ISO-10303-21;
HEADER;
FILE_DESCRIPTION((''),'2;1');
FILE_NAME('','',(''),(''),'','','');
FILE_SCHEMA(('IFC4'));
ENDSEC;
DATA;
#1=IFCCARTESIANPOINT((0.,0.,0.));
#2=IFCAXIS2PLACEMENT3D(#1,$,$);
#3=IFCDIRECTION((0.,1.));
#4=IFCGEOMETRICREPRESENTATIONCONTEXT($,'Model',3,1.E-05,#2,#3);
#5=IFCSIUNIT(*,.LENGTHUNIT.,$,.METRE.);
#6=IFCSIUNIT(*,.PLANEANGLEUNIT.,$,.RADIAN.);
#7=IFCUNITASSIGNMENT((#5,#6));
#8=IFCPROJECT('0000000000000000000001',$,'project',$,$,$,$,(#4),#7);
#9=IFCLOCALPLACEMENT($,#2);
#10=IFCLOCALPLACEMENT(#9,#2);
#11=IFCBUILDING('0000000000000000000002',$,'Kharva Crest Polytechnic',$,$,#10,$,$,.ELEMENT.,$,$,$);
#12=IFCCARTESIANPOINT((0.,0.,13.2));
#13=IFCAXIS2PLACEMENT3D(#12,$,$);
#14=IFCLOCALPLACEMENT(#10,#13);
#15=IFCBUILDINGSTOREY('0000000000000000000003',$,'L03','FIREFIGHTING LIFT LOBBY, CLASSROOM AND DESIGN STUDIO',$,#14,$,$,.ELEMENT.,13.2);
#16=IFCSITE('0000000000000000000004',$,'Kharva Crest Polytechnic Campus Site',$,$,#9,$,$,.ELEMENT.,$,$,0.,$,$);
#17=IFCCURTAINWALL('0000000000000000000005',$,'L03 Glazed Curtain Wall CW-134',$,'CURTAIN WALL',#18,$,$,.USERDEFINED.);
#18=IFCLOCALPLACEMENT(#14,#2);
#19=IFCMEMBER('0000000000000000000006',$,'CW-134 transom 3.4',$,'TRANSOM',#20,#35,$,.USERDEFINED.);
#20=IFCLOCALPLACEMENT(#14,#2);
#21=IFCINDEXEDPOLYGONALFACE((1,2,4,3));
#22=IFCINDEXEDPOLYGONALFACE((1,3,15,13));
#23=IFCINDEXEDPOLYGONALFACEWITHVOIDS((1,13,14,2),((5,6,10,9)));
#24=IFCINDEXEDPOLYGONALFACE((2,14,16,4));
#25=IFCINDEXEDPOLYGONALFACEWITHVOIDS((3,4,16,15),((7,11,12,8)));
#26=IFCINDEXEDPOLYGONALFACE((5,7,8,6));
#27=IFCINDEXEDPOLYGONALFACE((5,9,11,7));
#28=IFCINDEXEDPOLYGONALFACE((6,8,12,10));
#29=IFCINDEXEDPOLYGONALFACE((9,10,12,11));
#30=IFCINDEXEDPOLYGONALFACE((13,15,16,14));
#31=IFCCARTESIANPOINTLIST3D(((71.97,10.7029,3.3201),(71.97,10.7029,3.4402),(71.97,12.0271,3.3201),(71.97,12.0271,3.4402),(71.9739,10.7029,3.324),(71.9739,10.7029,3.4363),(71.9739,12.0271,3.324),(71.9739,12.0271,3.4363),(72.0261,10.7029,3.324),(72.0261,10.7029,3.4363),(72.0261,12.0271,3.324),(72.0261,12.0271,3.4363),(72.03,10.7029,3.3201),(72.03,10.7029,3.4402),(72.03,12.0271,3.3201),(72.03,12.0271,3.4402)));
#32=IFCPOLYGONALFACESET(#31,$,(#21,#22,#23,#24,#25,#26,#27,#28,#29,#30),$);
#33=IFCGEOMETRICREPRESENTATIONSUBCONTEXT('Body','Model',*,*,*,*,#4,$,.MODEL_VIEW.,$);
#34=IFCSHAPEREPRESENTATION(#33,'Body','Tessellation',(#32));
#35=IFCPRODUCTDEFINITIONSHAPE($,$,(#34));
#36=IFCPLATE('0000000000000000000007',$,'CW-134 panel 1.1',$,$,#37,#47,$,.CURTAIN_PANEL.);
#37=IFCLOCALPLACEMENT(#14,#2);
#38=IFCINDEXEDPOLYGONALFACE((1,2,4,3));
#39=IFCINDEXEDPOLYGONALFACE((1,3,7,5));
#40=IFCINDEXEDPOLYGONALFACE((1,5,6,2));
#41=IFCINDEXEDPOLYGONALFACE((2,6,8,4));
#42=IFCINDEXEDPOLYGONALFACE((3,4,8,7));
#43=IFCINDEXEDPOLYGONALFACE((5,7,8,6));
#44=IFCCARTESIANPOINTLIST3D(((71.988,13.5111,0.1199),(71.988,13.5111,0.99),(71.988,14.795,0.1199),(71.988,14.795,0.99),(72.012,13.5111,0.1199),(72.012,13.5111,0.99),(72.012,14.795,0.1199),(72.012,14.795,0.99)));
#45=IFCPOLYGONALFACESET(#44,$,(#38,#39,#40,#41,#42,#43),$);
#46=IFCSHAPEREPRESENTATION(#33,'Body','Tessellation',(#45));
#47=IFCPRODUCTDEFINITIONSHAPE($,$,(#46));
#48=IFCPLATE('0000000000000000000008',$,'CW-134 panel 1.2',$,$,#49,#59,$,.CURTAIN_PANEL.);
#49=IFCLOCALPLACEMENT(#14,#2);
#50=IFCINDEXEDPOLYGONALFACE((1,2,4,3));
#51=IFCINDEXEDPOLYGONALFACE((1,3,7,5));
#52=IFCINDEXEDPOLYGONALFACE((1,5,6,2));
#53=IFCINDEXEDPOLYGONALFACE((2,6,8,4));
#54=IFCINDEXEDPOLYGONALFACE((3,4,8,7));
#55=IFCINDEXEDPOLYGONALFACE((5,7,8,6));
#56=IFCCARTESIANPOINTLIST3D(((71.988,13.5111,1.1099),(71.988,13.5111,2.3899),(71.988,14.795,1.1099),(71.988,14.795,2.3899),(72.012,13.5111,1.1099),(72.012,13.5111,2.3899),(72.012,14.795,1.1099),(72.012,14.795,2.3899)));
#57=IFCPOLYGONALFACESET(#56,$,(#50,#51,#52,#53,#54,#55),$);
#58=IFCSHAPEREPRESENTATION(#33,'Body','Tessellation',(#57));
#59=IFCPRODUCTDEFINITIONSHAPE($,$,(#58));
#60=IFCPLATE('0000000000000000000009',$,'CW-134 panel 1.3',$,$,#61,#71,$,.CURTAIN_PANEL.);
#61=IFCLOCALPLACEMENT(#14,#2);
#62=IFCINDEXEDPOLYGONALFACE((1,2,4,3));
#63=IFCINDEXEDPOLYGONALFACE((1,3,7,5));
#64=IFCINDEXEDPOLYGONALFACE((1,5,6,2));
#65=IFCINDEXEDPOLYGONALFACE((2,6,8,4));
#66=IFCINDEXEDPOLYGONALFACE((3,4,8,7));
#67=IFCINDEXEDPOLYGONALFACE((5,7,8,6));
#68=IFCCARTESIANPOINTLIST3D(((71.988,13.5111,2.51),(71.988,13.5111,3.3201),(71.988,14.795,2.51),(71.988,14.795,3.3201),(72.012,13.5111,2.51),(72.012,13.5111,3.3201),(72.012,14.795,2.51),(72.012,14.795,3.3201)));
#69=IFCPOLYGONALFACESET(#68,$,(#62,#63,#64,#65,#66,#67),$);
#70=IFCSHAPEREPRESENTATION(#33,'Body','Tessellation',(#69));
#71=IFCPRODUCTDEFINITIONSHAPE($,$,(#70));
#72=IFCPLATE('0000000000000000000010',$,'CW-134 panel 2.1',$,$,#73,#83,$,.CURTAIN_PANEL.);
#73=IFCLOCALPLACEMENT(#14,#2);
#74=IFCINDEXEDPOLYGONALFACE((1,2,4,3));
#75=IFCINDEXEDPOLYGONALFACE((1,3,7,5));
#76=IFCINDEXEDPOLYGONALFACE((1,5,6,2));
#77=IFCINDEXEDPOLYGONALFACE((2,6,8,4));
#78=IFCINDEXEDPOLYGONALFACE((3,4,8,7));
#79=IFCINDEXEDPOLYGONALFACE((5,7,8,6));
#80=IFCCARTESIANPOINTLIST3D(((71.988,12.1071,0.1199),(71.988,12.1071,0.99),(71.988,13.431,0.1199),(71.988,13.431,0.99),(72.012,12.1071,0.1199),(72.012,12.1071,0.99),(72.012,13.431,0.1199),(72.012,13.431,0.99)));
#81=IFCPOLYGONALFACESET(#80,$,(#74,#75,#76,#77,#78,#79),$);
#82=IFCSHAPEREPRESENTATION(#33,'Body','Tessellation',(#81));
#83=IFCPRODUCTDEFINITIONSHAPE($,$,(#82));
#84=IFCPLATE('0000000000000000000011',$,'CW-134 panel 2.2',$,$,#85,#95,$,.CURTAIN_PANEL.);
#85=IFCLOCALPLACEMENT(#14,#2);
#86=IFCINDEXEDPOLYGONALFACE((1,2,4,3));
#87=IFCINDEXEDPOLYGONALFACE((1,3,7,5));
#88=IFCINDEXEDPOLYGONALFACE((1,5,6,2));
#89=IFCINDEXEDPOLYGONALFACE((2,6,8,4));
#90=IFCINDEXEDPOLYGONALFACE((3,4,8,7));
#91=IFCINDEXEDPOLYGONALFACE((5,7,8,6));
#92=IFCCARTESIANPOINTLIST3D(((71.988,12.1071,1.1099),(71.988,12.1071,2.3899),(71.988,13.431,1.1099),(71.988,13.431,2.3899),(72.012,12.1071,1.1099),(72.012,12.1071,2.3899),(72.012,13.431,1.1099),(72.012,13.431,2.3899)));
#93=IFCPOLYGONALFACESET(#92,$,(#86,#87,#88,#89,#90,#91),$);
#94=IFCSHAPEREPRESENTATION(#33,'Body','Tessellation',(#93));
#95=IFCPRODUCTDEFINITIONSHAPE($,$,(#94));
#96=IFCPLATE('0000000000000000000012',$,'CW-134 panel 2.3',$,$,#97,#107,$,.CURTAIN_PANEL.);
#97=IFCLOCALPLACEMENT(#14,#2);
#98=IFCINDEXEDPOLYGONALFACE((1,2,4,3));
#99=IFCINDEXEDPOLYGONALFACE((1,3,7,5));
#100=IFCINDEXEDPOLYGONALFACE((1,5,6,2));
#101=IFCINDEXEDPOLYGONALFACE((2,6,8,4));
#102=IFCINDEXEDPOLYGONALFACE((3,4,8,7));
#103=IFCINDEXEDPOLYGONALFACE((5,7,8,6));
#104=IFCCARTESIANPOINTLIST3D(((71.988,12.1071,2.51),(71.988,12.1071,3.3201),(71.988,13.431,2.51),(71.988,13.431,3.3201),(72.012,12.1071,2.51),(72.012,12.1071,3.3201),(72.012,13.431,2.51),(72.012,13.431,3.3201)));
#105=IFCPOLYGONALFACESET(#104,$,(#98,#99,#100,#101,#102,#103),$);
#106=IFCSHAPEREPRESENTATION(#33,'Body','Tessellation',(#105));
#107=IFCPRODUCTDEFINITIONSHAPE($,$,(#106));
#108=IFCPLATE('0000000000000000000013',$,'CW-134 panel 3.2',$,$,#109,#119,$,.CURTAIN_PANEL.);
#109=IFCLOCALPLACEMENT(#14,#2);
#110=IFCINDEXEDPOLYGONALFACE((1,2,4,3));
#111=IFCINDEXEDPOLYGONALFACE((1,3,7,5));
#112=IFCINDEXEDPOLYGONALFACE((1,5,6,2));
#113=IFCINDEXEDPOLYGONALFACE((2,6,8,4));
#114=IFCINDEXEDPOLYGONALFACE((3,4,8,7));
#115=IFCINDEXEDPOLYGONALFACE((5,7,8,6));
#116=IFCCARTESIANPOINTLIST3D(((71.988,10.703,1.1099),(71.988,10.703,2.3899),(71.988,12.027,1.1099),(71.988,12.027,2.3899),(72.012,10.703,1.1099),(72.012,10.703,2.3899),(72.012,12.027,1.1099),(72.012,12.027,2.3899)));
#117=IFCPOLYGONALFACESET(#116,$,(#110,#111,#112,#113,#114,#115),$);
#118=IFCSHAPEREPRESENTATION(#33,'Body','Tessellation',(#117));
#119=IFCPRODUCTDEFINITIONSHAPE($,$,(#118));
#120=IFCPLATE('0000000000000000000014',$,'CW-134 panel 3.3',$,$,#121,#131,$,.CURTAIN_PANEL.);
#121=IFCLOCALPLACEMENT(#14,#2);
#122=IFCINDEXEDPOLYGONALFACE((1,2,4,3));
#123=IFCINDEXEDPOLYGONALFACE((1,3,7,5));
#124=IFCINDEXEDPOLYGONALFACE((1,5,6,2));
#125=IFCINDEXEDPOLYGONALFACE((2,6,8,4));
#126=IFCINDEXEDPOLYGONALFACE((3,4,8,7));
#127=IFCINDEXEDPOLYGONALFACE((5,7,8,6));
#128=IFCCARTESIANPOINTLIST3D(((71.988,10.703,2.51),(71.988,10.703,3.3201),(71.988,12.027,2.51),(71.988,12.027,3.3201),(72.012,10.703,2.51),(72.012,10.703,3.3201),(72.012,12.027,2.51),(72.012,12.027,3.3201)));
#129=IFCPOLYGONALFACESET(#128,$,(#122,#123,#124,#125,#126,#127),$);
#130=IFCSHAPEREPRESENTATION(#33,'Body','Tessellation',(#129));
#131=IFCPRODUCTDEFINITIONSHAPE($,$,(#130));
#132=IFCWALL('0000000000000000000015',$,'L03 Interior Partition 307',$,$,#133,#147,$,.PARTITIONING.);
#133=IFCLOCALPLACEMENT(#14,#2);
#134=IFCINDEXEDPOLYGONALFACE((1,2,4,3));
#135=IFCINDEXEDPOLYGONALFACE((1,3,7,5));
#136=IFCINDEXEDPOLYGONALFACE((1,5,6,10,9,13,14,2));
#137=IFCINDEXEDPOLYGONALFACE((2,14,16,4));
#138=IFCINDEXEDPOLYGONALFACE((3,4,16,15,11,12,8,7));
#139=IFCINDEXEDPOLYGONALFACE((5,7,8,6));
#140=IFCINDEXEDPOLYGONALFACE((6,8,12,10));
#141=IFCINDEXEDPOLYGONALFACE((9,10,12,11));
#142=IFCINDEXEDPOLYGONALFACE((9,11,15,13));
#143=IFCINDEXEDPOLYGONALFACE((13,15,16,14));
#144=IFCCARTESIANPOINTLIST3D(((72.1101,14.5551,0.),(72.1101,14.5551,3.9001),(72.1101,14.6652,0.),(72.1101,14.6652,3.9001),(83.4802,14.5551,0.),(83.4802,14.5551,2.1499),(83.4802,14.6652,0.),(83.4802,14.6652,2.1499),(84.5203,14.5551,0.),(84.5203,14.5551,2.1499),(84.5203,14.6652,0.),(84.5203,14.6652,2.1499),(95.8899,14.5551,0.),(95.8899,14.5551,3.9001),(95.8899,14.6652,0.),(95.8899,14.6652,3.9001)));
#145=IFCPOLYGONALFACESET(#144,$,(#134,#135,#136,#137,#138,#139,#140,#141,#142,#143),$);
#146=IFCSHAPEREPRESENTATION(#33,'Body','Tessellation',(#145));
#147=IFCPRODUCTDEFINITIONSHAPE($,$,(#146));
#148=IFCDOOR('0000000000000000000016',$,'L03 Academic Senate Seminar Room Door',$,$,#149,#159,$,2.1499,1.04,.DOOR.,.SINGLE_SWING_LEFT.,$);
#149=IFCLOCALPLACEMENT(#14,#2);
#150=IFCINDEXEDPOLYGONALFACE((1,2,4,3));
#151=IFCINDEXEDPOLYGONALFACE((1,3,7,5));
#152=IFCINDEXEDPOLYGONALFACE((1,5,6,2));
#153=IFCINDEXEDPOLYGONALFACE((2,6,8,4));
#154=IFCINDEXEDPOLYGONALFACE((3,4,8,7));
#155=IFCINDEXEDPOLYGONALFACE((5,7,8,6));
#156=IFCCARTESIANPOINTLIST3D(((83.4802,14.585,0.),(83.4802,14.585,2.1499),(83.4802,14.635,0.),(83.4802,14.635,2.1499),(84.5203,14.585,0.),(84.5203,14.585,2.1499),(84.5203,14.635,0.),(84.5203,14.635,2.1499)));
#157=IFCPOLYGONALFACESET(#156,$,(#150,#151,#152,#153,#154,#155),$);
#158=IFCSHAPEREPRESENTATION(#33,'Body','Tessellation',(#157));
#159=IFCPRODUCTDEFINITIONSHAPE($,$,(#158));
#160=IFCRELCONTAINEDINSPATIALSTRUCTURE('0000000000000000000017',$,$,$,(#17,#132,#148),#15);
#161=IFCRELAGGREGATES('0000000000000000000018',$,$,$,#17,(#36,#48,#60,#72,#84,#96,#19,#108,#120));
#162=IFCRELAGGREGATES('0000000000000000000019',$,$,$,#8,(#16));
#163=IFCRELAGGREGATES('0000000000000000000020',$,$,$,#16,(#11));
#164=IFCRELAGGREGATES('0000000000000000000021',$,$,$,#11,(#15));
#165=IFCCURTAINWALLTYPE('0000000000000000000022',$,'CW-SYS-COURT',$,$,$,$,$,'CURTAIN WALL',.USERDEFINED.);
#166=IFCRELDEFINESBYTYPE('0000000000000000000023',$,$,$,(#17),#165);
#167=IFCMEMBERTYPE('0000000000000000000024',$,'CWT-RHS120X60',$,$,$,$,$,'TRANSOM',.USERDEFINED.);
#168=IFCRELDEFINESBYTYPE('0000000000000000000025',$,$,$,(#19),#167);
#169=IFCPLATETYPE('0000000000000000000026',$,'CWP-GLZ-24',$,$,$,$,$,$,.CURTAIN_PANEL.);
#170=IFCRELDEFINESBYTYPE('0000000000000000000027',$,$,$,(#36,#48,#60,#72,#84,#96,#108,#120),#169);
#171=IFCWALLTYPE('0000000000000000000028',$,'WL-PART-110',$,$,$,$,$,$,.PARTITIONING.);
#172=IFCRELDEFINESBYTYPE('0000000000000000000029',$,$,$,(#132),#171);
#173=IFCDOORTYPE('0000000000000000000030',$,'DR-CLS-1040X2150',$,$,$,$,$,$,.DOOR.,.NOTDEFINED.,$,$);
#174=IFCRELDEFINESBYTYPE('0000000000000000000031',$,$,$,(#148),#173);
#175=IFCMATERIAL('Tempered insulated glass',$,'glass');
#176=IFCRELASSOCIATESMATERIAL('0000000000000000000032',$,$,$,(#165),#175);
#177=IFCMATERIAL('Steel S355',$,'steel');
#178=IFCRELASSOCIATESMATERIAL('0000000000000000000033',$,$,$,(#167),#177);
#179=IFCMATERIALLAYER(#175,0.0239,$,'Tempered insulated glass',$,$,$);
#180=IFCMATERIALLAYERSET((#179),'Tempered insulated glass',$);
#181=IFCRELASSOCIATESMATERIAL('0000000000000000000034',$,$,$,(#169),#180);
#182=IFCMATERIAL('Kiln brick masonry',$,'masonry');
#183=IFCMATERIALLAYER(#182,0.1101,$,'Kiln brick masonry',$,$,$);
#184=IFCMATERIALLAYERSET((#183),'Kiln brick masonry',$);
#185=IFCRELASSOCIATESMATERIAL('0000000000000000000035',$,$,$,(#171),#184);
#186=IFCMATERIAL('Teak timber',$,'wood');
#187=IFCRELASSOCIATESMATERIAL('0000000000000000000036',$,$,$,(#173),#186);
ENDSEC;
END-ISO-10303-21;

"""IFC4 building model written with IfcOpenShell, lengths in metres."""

from ifc_helpers import new_model, si_unit, direction, frame, frame_2d, origin, origin_2d, place, context, subcontext, project, spatial, rectangle, hollow_rectangle, extrude, material, layer, layer_set, material_profile, profile_set, type_object, element, fill, aggregate, save


model = new_model("IFC4")

# Units and contexts
model_context = context("Model", 3, precision=1e-05, world=origin(), true_north=direction((0.0, 1.0)))
body_context = subcontext(model_context, "Body", "Model", "MODEL_VIEW")
ifc_project = project(units=[si_unit("LENGTHUNIT", "METRE"), si_unit("PLANEANGLEUNIT", "RADIAN")], contexts=[model_context])

# Site, building, storey
site_placement = place(None, origin())
site = spatial("IfcSite", under=ifc_project, at=site_placement, Name="Kharva Crest Polytechnic Campus Site", CompositionType="ELEMENT", RefElevation=0.0)
building_placement = place(site_placement, origin())
building = spatial("IfcBuilding", under=site, at=building_placement, Name="Kharva Crest Polytechnic", CompositionType="ELEMENT")
storey_placement = place(building_placement, frame((0.0, 0.0, 13.2)))
storey = spatial("IfcBuildingStorey", under=building, at=storey_placement, Name="L03", Description="FIREFIGHTING LIFT LOBBY, CLASSROOM AND DESIGN STUDIO", CompositionType="ELEMENT", Elevation=13.2)

# Curtain wall, member, plates
ifc_material_1 = material(Name="Tempered insulated glass", Category="glass")
curtain_wall_type = type_object("IfcCurtainWallType", Name="CW-SYS-COURT", ElementType="CURTAIN WALL", PredefinedType="USERDEFINED", material=ifc_material_1)
curtain_wall_placement = place(storey_placement, origin())
curtain_wall = element("IfcCurtainWall", 1, at=curtain_wall_placement, inside=storey, type_object=curtain_wall_type, Name="L03 Glazed Curtain Wall CW-134", ObjectType="CURTAIN WALL", PredefinedType="USERDEFINED")
ifc_material_2 = material(Name="Steel S355", Category="steel")
ifc_material_profile_1 = material_profile(ifc_material_2, hollow_rectangle(XDim=0.0601, YDim=0.1201, WallThickness=0.0039, at=origin_2d()), Name="RHS 120X60X4.0")
ifc_profile_set_1 = profile_set([ifc_material_profile_1], Name="Steel S355")
member_type_1 = type_object("IfcMemberType", Name="CWT-RHS120X60", ElementType="TRANSOM", PredefinedType="USERDEFINED", material=ifc_profile_set_1)
member_1_placement = place(storey_placement, frame((72.0, 12.0271, 3.3801), z_axis=(0.0, -1.0, 0.0), x_axis=(1.0, 0.0, 0.0)))
member_1 = element("IfcMember", 2, at=member_1_placement, type_object=member_type_1, Name="CW-134 transom 3.4", ObjectType="TRANSOM", PredefinedType="USERDEFINED", context=body_context, shape_type="SweptSolid", body=[
    extrude(hollow_rectangle(XDim=0.0601, YDim=0.1201, WallThickness=0.0039, at=origin_2d()), origin(), (0.0, 0.0, 1.0), 1.3242),
])
ifc_layer_1 = layer(ifc_material_1, 0.0239, Name="Tempered insulated glass")
ifc_layer_set_1 = layer_set([ifc_layer_1], Name="Tempered insulated glass")
plate_type = type_object("IfcPlateType", Name="CWP-GLZ-24", PredefinedType="CURTAIN_PANEL", material=ifc_layer_set_1)
plate_1_placement = place(storey_placement, frame((72.0, 14.1531, 0.1199), z_axis=(0.0, 0.0, 1.0), x_axis=(0.0, -1.0, 0.0)))
plate_1 = element("IfcPlate", 3, at=plate_1_placement, type_object=plate_type, Name="CW-134 panel 1.1", PredefinedType="CURTAIN_PANEL", context=body_context, shape_type="SweptSolid", body=[
    extrude(rectangle(XDim=1.2839, YDim=0.0239, at=origin_2d()), origin(), (0.0, 0.0, 1.0), 0.8701),
])
plate_2_placement = place(storey_placement, frame((72.0, 14.1531, 1.1099), z_axis=(0.0, 0.0, 1.0), x_axis=(0.0, -1.0, 0.0)))
plate_2 = element("IfcPlate", 4, at=plate_2_placement, type_object=plate_type, Name="CW-134 panel 1.2", PredefinedType="CURTAIN_PANEL", context=body_context, shape_type="SweptSolid", body=[
    extrude(rectangle(XDim=1.2839, YDim=0.0239, at=origin_2d()), origin(), (0.0, 0.0, 1.0), 1.28),
])
plate_3_placement = place(storey_placement, frame((72.0, 14.1531, 2.51), z_axis=(0.0, 0.0, 1.0), x_axis=(0.0, -1.0, 0.0)))
plate_3 = element("IfcPlate", 5, at=plate_3_placement, type_object=plate_type, Name="CW-134 panel 1.3", PredefinedType="CURTAIN_PANEL", context=body_context, shape_type="SweptSolid", body=[
    extrude(rectangle(XDim=1.2839, YDim=0.0239, at=origin_2d()), origin(), (0.0, 0.0, 1.0), 0.8101),
])
plate_4_placement = place(storey_placement, frame((72.0, 12.769, 0.1199), z_axis=(0.0, 0.0, 1.0), x_axis=(0.0, -1.0, 0.0)))
plate_4 = element("IfcPlate", 6, at=plate_4_placement, type_object=plate_type, Name="CW-134 panel 2.1", PredefinedType="CURTAIN_PANEL", context=body_context, shape_type="SweptSolid", body=[
    extrude(rectangle(XDim=1.324, YDim=0.0239, at=origin_2d()), origin(), (0.0, 0.0, 1.0), 0.8701),
])
plate_5_placement = place(storey_placement, frame((72.0, 12.769, 1.1099), z_axis=(0.0, 0.0, 1.0), x_axis=(0.0, -1.0, 0.0)))
plate_5 = element("IfcPlate", 7, at=plate_5_placement, type_object=plate_type, Name="CW-134 panel 2.2", PredefinedType="CURTAIN_PANEL", context=body_context, shape_type="SweptSolid", body=[
    extrude(rectangle(XDim=1.324, YDim=0.0239, at=origin_2d()), origin(), (0.0, 0.0, 1.0), 1.28),
])
plate_6_placement = place(storey_placement, frame((72.0, 12.769, 2.51), z_axis=(0.0, 0.0, 1.0), x_axis=(0.0, -1.0, 0.0)))
plate_6 = element("IfcPlate", 8, at=plate_6_placement, type_object=plate_type, Name="CW-134 panel 2.3", PredefinedType="CURTAIN_PANEL", context=body_context, shape_type="SweptSolid", body=[
    extrude(rectangle(XDim=1.324, YDim=0.0239, at=origin_2d()), origin(), (0.0, 0.0, 1.0), 0.8101),
])
plate_7_placement = place(storey_placement, frame((72.0, 11.365, 1.1099), z_axis=(0.0, 0.0, 1.0), x_axis=(0.0, -1.0, 0.0)))
plate_7 = element("IfcPlate", 9, at=plate_7_placement, type_object=plate_type, Name="CW-134 panel 3.2", PredefinedType="CURTAIN_PANEL", context=body_context, shape_type="SweptSolid", body=[
    extrude(rectangle(XDim=1.324, YDim=0.0239, at=origin_2d()), origin(), (0.0, 0.0, 1.0), 1.28),
])
plate_8_placement = place(storey_placement, frame((72.0, 11.365, 2.51), z_axis=(0.0, 0.0, 1.0), x_axis=(0.0, -1.0, 0.0)))
plate_8 = element("IfcPlate", 10, at=plate_8_placement, type_object=plate_type, Name="CW-134 panel 3.3", PredefinedType="CURTAIN_PANEL", context=body_context, shape_type="SweptSolid", body=[
    extrude(rectangle(XDim=1.324, YDim=0.0239, at=origin_2d()), origin(), (0.0, 0.0, 1.0), 0.8101),
])
aggregate(curtain_wall, [plate_1, plate_2, plate_3, plate_4, plate_5, plate_6, member_1, plate_7, plate_8])

# Wall, opening, door
ifc_material_3 = material(Name="Kiln brick masonry", Category="masonry")
ifc_layer_2 = layer(ifc_material_3, 0.1101, Name="Kiln brick masonry")
ifc_layer_set_2 = layer_set([ifc_layer_2], Name="Kiln brick masonry")
wall_type_1 = type_object("IfcWallType", Name="WL-PART-110", PredefinedType="PARTITIONING", material=ifc_layer_set_2)
wall_1_placement = place(storey_placement, frame((72.1101, 14.6101, 0.0), z_axis=(0.0, 0.0, 1.0), x_axis=(1.0, 0.0, 0.0)))
wall_1 = element("IfcWall", 11, at=wall_1_placement, inside=storey, type_object=wall_type_1, Name="L03 Interior Partition 307", PredefinedType="PARTITIONING", context=body_context, shape_type="SweptSolid", body=[
    extrude(rectangle(XDim=23.7798, YDim=0.1101, at=frame_2d((11.8899, 0.0))), origin(), (0.0, 0.0, 1.0), 3.9001),
])
opening_1_placement = place(wall_1_placement, frame((11.3701, 0.0, 0.0)))
opening_1 = element("IfcOpeningElement", 12, at=opening_1_placement, cuts=wall_1, PredefinedType="OPENING", context=body_context, shape_type="SweptSolid", body=[
    extrude(rectangle(XDim=1.04, YDim=2.1499, at=frame_2d((0.52, 1.075))), frame((0.0, 0.0649, 0.0), z_axis=(0.0, -1.0, 0.0), x_axis=(1.0, 0.0, 0.0)), (0.0, 0.0, 1.0), 0.1301),
])
ifc_material_4 = material(Name="Teak timber", Category="wood")
door_type_1 = type_object("IfcDoorType", Name="DR-CLS-1040X2150", OperationType="NOTDEFINED", PredefinedType="DOOR", material=ifc_material_4)
door_1_placement = place(opening_1_placement, origin())
door_1 = element("IfcDoor", 13, at=door_1_placement, inside=storey, type_object=door_type_1, Name="L03 Academic Senate Seminar Room Door", OperationType="SINGLE_SWING_LEFT", OverallHeight=2.1499, OverallWidth=1.04, PredefinedType="DOOR", context=body_context, shape_type="SweptSolid", body=[
    extrude(rectangle(XDim=1.04, YDim=2.1499, at=frame_2d((0.52, 1.075))), frame((0.0, 0.0249, 0.0), z_axis=(0.0, -1.0, 0.0), x_axis=(1.0, 0.0, 0.0)), (0.0, 0.0, 1.0), 0.05),
])
fill(opening_1, door_1)

save(model, "model.ifc")
